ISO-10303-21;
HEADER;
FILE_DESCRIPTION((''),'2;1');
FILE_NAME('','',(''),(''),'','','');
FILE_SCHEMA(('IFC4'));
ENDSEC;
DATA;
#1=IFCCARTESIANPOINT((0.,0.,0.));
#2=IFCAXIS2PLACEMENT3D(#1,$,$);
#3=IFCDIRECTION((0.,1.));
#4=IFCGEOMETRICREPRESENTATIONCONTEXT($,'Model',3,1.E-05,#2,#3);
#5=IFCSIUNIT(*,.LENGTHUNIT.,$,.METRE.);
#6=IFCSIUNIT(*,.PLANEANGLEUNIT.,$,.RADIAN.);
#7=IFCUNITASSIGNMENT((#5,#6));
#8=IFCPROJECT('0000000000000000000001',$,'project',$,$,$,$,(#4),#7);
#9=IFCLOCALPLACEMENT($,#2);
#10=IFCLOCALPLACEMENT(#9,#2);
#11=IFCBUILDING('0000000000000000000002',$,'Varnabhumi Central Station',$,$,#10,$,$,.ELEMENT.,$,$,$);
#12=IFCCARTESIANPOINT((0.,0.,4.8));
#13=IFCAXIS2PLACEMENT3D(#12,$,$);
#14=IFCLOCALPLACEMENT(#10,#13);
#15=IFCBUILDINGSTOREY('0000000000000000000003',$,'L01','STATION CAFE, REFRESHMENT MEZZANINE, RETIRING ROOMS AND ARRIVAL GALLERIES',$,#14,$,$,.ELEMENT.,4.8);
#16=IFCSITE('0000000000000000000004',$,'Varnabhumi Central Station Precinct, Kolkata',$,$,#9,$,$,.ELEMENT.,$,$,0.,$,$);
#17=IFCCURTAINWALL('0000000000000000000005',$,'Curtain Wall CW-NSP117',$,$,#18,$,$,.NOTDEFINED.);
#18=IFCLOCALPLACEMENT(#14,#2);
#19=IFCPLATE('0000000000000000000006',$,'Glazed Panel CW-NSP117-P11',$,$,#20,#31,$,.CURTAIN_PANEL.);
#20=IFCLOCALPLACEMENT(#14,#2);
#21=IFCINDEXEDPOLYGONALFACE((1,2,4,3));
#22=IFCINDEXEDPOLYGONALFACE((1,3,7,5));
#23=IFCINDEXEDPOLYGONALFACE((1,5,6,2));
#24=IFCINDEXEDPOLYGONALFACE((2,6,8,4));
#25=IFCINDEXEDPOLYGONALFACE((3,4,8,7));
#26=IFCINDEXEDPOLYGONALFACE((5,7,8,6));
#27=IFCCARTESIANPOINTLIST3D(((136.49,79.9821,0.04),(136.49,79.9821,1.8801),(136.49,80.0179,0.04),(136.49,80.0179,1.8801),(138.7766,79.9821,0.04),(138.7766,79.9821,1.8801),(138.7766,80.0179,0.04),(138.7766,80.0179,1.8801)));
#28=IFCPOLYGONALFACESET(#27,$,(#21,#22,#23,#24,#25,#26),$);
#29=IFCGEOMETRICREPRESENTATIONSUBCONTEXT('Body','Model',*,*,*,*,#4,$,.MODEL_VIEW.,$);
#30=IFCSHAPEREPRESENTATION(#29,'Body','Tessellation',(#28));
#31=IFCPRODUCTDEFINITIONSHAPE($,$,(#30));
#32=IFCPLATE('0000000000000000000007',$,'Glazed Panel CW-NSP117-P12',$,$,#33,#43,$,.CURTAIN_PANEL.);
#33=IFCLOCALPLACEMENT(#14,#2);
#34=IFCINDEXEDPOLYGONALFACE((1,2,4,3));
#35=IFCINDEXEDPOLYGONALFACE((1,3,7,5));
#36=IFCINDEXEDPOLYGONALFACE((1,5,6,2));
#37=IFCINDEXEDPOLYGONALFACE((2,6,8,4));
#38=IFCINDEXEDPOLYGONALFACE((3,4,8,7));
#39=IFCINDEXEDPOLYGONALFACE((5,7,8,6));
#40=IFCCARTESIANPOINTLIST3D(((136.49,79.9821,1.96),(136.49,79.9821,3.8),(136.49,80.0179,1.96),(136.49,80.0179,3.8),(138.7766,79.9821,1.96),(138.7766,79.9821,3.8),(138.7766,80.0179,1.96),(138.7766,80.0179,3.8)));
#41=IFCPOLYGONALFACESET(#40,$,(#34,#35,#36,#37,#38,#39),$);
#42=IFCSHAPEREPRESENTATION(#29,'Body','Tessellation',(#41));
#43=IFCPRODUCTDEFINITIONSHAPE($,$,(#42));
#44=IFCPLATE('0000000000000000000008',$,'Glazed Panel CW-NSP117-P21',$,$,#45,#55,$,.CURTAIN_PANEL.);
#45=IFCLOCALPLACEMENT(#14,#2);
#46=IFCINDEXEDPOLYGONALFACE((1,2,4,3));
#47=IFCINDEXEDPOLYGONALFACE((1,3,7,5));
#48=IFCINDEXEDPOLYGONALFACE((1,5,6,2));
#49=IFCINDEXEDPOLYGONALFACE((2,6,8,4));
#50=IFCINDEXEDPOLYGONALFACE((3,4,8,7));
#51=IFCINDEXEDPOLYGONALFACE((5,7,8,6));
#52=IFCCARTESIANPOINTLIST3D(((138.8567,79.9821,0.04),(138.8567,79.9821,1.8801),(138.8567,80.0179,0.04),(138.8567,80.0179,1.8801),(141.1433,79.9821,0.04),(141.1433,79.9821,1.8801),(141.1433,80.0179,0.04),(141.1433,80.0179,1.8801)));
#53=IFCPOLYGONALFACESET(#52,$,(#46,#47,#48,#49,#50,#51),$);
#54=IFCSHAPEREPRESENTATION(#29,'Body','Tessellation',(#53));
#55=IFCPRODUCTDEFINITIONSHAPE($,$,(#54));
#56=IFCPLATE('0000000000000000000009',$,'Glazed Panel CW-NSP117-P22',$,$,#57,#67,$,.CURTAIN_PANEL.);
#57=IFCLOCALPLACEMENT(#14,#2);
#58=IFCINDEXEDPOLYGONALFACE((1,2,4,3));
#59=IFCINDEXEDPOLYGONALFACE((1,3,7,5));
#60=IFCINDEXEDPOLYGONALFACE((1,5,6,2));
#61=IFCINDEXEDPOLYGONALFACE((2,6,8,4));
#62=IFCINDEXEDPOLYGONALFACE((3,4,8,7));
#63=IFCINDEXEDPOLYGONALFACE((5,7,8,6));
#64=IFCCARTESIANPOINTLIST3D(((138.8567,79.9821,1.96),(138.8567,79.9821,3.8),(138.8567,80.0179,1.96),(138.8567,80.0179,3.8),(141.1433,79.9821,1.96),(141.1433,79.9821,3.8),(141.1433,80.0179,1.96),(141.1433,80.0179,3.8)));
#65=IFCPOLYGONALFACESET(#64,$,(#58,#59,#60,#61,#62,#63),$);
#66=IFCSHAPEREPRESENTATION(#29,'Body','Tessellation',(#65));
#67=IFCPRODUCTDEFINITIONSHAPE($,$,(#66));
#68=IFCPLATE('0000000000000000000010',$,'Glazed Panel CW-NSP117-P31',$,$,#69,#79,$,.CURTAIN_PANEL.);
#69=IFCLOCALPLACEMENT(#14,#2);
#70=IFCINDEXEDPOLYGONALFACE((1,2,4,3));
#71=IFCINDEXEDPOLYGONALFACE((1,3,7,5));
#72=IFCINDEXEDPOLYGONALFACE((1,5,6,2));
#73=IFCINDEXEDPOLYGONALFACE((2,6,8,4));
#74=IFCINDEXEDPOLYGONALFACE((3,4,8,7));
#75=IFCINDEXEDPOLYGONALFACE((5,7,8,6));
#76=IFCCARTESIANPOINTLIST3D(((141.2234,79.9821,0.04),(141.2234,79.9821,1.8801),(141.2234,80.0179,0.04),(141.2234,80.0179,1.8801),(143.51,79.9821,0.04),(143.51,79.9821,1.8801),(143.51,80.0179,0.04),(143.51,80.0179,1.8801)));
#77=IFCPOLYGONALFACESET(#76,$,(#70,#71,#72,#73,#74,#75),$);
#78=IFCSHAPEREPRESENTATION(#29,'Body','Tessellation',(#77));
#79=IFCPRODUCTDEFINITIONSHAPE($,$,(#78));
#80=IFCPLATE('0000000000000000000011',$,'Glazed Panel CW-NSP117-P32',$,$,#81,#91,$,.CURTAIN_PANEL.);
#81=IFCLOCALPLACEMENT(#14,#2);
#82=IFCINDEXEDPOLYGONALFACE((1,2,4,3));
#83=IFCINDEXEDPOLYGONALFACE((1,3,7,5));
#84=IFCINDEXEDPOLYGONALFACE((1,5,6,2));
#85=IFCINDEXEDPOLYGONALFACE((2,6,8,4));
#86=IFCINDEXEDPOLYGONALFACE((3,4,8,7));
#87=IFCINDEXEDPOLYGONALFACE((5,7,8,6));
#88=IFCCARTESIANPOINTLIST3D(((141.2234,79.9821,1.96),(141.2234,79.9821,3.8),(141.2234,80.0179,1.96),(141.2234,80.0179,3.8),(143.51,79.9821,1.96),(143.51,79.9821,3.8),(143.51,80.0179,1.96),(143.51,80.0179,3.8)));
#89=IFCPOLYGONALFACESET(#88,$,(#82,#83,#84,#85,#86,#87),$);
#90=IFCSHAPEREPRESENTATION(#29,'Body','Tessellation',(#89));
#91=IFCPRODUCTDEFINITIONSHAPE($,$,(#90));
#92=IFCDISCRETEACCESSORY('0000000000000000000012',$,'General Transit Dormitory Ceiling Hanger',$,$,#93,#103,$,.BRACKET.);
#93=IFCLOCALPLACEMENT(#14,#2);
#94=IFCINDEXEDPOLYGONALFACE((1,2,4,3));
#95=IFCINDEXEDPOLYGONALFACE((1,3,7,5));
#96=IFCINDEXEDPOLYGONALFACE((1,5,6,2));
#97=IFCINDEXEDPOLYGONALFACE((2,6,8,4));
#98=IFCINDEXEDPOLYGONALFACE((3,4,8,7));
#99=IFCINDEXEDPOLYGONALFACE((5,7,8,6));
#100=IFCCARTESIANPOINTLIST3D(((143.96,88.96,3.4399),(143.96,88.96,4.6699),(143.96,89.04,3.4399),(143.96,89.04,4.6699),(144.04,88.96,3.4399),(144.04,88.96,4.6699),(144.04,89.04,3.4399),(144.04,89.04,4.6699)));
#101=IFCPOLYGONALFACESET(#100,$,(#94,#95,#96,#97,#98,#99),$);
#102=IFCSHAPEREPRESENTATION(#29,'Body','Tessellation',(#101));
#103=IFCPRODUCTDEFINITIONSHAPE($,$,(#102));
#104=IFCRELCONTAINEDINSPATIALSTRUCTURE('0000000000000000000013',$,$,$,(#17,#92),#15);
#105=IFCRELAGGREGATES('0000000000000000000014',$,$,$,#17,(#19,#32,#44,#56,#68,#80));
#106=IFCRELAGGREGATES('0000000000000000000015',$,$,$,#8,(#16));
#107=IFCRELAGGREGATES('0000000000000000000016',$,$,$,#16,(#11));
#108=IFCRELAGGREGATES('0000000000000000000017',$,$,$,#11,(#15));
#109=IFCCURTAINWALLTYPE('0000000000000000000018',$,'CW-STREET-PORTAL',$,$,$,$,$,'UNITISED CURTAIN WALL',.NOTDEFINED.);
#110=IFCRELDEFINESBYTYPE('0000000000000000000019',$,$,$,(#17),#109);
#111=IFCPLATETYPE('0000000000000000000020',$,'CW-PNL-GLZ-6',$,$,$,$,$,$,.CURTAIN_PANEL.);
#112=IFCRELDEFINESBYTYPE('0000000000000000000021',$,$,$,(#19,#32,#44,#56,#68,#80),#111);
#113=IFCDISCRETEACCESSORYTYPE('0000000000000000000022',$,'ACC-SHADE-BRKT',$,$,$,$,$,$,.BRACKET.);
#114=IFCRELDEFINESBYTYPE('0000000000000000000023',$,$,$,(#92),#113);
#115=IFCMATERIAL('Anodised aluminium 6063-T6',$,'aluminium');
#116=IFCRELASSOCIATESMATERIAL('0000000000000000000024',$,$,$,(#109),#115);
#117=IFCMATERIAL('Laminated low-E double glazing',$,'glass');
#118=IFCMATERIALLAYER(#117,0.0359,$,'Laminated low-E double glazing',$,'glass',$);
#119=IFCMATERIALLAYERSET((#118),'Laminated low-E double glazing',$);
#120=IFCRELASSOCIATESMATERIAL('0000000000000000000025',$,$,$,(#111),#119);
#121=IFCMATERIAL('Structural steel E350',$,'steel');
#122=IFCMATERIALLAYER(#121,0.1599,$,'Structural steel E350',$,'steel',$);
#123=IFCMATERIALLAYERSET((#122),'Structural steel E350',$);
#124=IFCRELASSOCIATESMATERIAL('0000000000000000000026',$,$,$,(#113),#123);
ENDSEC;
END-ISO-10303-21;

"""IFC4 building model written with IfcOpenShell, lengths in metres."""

from ifc_helpers import new_model, si_unit, direction, frame, origin, origin_2d, place, context, subcontext, project, spatial, rectangle, extrude, material, layer, layer_set, type_object, element, aggregate, save


model = new_model("IFC4")

# Units and contexts
model_context = context("Model", 3, precision=1e-05, world=origin(), true_north=direction((0.0, 1.0)))
body_context = subcontext(model_context, "Body", "Model", "MODEL_VIEW")
ifc_project = project(units=[si_unit("LENGTHUNIT", "METRE"), si_unit("PLANEANGLEUNIT", "RADIAN")], contexts=[model_context])

# Site, building, storey
site_placement = place(None, origin())
site = spatial("IfcSite", under=ifc_project, at=site_placement, Name="Varnabhumi Central Station Precinct, Kolkata", CompositionType="ELEMENT", RefElevation=0.0)
building_placement = place(site_placement, origin())
building = spatial("IfcBuilding", under=site, at=building_placement, Name="Varnabhumi Central Station", CompositionType="ELEMENT")
storey_placement = place(building_placement, frame((0.0, 0.0, 4.8)))
storey = spatial("IfcBuildingStorey", under=building, at=storey_placement, Name="L01", Description="STATION CAFE, REFRESHMENT MEZZANINE, RETIRING ROOMS AND ARRIVAL GALLERIES", CompositionType="ELEMENT", Elevation=4.8)

# Shared definitions
ifc_material_1 = material(Name="Structural steel E350", Category="steel")

# Curtain wall
ifc_material_2 = material(Name="Anodised aluminium 6063-T6", Category="aluminium")
curtain_wall_type_1 = type_object("IfcCurtainWallType", Name="CW-STREET-PORTAL", ElementType="UNITISED CURTAIN WALL", PredefinedType="NOTDEFINED", material=ifc_material_2)
curtain_wall_1_placement = place(storey_placement, origin())
curtain_wall_1 = element("IfcCurtainWall", 1, at=curtain_wall_1_placement, inside=storey, type_object=curtain_wall_type_1, Name="Curtain Wall CW-NSP117", PredefinedType="NOTDEFINED")

# Plates
ifc_material_3 = material(Name="Laminated low-E double glazing", Category="glass")
ifc_layer_1 = layer(ifc_material_3, 0.0359, Name="Laminated low-E double glazing", Category="glass")
ifc_layer_set_1 = layer_set([ifc_layer_1], Name="Laminated low-E double glazing")
plate_type_1 = type_object("IfcPlateType", Name="CW-PNL-GLZ-6", PredefinedType="CURTAIN_PANEL", material=ifc_layer_set_1)
plate_1_placement = place(storey_placement, frame((137.6333, 80.0, 0.04), z_axis=(0.0, 0.0, 1.0), x_axis=(1.0, 0.0, 0.0)))
plate_1 = element("IfcPlate", 2, at=plate_1_placement, type_object=plate_type_1, Name="Glazed Panel CW-NSP117-P11", PredefinedType="CURTAIN_PANEL", context=body_context, shape_type="SweptSolid", body=[
    extrude(rectangle(XDim=2.2866, YDim=0.0359, at=origin_2d()), origin(), (0.0, 0.0, 1.0), 1.8401),
])
plate_2_placement = place(storey_placement, frame((137.6333, 80.0, 1.96), z_axis=(0.0, 0.0, 1.0), x_axis=(1.0, 0.0, 0.0)))
plate_2 = element("IfcPlate", 3, at=plate_2_placement, type_object=plate_type_1, Name="Glazed Panel CW-NSP117-P12", PredefinedType="CURTAIN_PANEL", context=body_context, shape_type="SweptSolid", body=[
    extrude(rectangle(XDim=2.2866, YDim=0.0359, at=origin_2d()), origin(), (0.0, 0.0, 1.0), 1.8401),
])
plate_3_placement = place(storey_placement, frame((140.0, 80.0, 0.04), z_axis=(0.0, 0.0, 1.0), x_axis=(1.0, 0.0, 0.0)))
plate_3 = element("IfcPlate", 4, at=plate_3_placement, type_object=plate_type_1, Name="Glazed Panel CW-NSP117-P21", PredefinedType="CURTAIN_PANEL", context=body_context, shape_type="SweptSolid", body=[
    extrude(rectangle(XDim=2.2866, YDim=0.0359, at=origin_2d()), origin(), (0.0, 0.0, 1.0), 1.8401),
])
plate_4_placement = place(storey_placement, frame((140.0, 80.0, 1.96), z_axis=(0.0, 0.0, 1.0), x_axis=(1.0, 0.0, 0.0)))
plate_4 = element("IfcPlate", 5, at=plate_4_placement, type_object=plate_type_1, Name="Glazed Panel CW-NSP117-P22", PredefinedType="CURTAIN_PANEL", context=body_context, shape_type="SweptSolid", body=[
    extrude(rectangle(XDim=2.2866, YDim=0.0359, at=origin_2d()), origin(), (0.0, 0.0, 1.0), 1.8401),
])
plate_5_placement = place(storey_placement, frame((142.3667, 80.0, 0.04), z_axis=(0.0, 0.0, 1.0), x_axis=(1.0, 0.0, 0.0)))
plate_5 = element("IfcPlate", 6, at=plate_5_placement, type_object=plate_type_1, Name="Glazed Panel CW-NSP117-P31", PredefinedType="CURTAIN_PANEL", context=body_context, shape_type="SweptSolid", body=[
    extrude(rectangle(XDim=2.2866, YDim=0.0359, at=origin_2d()), origin(), (0.0, 0.0, 1.0), 1.8401),
])
plate_6_placement = place(storey_placement, frame((142.3667, 80.0, 1.96), z_axis=(0.0, 0.0, 1.0), x_axis=(1.0, 0.0, 0.0)))
plate_6 = element("IfcPlate", 7, at=plate_6_placement, type_object=plate_type_1, Name="Glazed Panel CW-NSP117-P32", PredefinedType="CURTAIN_PANEL", context=body_context, shape_type="SweptSolid", body=[
    extrude(rectangle(XDim=2.2866, YDim=0.0359, at=origin_2d()), origin(), (0.0, 0.0, 1.0), 1.8401),
])
aggregate(curtain_wall_1, [plate_1, plate_2, plate_3, plate_4, plate_5, plate_6])

# Discrete accessory
ifc_layer_2 = layer(ifc_material_1, 0.1599, Name="Structural steel E350", Category="steel")
ifc_layer_set_2 = layer_set([ifc_layer_2], Name="Structural steel E350")
discrete_accessory_type = type_object("IfcDiscreteAccessoryType", Name="ACC-SHADE-BRKT", PredefinedType="BRACKET", material=ifc_layer_set_2)
discrete_accessory_placement = place(storey_placement, frame((144.0, 89.0, 3.4399), z_axis=(0.0, 0.0, 1.0), x_axis=(1.0, 0.0, 0.0)))
element("IfcDiscreteAccessory", 8, at=discrete_accessory_placement, inside=storey, type_object=discrete_accessory_type, Name="General Transit Dormitory Ceiling Hanger", PredefinedType="BRACKET", context=body_context, shape_type="SweptSolid", body=[
    extrude(rectangle(XDim=0.0801, YDim=0.0801, at=origin_2d()), origin(), (0.0, 0.0, 1.0), 1.23),
])

save(model, "model.ifc")
